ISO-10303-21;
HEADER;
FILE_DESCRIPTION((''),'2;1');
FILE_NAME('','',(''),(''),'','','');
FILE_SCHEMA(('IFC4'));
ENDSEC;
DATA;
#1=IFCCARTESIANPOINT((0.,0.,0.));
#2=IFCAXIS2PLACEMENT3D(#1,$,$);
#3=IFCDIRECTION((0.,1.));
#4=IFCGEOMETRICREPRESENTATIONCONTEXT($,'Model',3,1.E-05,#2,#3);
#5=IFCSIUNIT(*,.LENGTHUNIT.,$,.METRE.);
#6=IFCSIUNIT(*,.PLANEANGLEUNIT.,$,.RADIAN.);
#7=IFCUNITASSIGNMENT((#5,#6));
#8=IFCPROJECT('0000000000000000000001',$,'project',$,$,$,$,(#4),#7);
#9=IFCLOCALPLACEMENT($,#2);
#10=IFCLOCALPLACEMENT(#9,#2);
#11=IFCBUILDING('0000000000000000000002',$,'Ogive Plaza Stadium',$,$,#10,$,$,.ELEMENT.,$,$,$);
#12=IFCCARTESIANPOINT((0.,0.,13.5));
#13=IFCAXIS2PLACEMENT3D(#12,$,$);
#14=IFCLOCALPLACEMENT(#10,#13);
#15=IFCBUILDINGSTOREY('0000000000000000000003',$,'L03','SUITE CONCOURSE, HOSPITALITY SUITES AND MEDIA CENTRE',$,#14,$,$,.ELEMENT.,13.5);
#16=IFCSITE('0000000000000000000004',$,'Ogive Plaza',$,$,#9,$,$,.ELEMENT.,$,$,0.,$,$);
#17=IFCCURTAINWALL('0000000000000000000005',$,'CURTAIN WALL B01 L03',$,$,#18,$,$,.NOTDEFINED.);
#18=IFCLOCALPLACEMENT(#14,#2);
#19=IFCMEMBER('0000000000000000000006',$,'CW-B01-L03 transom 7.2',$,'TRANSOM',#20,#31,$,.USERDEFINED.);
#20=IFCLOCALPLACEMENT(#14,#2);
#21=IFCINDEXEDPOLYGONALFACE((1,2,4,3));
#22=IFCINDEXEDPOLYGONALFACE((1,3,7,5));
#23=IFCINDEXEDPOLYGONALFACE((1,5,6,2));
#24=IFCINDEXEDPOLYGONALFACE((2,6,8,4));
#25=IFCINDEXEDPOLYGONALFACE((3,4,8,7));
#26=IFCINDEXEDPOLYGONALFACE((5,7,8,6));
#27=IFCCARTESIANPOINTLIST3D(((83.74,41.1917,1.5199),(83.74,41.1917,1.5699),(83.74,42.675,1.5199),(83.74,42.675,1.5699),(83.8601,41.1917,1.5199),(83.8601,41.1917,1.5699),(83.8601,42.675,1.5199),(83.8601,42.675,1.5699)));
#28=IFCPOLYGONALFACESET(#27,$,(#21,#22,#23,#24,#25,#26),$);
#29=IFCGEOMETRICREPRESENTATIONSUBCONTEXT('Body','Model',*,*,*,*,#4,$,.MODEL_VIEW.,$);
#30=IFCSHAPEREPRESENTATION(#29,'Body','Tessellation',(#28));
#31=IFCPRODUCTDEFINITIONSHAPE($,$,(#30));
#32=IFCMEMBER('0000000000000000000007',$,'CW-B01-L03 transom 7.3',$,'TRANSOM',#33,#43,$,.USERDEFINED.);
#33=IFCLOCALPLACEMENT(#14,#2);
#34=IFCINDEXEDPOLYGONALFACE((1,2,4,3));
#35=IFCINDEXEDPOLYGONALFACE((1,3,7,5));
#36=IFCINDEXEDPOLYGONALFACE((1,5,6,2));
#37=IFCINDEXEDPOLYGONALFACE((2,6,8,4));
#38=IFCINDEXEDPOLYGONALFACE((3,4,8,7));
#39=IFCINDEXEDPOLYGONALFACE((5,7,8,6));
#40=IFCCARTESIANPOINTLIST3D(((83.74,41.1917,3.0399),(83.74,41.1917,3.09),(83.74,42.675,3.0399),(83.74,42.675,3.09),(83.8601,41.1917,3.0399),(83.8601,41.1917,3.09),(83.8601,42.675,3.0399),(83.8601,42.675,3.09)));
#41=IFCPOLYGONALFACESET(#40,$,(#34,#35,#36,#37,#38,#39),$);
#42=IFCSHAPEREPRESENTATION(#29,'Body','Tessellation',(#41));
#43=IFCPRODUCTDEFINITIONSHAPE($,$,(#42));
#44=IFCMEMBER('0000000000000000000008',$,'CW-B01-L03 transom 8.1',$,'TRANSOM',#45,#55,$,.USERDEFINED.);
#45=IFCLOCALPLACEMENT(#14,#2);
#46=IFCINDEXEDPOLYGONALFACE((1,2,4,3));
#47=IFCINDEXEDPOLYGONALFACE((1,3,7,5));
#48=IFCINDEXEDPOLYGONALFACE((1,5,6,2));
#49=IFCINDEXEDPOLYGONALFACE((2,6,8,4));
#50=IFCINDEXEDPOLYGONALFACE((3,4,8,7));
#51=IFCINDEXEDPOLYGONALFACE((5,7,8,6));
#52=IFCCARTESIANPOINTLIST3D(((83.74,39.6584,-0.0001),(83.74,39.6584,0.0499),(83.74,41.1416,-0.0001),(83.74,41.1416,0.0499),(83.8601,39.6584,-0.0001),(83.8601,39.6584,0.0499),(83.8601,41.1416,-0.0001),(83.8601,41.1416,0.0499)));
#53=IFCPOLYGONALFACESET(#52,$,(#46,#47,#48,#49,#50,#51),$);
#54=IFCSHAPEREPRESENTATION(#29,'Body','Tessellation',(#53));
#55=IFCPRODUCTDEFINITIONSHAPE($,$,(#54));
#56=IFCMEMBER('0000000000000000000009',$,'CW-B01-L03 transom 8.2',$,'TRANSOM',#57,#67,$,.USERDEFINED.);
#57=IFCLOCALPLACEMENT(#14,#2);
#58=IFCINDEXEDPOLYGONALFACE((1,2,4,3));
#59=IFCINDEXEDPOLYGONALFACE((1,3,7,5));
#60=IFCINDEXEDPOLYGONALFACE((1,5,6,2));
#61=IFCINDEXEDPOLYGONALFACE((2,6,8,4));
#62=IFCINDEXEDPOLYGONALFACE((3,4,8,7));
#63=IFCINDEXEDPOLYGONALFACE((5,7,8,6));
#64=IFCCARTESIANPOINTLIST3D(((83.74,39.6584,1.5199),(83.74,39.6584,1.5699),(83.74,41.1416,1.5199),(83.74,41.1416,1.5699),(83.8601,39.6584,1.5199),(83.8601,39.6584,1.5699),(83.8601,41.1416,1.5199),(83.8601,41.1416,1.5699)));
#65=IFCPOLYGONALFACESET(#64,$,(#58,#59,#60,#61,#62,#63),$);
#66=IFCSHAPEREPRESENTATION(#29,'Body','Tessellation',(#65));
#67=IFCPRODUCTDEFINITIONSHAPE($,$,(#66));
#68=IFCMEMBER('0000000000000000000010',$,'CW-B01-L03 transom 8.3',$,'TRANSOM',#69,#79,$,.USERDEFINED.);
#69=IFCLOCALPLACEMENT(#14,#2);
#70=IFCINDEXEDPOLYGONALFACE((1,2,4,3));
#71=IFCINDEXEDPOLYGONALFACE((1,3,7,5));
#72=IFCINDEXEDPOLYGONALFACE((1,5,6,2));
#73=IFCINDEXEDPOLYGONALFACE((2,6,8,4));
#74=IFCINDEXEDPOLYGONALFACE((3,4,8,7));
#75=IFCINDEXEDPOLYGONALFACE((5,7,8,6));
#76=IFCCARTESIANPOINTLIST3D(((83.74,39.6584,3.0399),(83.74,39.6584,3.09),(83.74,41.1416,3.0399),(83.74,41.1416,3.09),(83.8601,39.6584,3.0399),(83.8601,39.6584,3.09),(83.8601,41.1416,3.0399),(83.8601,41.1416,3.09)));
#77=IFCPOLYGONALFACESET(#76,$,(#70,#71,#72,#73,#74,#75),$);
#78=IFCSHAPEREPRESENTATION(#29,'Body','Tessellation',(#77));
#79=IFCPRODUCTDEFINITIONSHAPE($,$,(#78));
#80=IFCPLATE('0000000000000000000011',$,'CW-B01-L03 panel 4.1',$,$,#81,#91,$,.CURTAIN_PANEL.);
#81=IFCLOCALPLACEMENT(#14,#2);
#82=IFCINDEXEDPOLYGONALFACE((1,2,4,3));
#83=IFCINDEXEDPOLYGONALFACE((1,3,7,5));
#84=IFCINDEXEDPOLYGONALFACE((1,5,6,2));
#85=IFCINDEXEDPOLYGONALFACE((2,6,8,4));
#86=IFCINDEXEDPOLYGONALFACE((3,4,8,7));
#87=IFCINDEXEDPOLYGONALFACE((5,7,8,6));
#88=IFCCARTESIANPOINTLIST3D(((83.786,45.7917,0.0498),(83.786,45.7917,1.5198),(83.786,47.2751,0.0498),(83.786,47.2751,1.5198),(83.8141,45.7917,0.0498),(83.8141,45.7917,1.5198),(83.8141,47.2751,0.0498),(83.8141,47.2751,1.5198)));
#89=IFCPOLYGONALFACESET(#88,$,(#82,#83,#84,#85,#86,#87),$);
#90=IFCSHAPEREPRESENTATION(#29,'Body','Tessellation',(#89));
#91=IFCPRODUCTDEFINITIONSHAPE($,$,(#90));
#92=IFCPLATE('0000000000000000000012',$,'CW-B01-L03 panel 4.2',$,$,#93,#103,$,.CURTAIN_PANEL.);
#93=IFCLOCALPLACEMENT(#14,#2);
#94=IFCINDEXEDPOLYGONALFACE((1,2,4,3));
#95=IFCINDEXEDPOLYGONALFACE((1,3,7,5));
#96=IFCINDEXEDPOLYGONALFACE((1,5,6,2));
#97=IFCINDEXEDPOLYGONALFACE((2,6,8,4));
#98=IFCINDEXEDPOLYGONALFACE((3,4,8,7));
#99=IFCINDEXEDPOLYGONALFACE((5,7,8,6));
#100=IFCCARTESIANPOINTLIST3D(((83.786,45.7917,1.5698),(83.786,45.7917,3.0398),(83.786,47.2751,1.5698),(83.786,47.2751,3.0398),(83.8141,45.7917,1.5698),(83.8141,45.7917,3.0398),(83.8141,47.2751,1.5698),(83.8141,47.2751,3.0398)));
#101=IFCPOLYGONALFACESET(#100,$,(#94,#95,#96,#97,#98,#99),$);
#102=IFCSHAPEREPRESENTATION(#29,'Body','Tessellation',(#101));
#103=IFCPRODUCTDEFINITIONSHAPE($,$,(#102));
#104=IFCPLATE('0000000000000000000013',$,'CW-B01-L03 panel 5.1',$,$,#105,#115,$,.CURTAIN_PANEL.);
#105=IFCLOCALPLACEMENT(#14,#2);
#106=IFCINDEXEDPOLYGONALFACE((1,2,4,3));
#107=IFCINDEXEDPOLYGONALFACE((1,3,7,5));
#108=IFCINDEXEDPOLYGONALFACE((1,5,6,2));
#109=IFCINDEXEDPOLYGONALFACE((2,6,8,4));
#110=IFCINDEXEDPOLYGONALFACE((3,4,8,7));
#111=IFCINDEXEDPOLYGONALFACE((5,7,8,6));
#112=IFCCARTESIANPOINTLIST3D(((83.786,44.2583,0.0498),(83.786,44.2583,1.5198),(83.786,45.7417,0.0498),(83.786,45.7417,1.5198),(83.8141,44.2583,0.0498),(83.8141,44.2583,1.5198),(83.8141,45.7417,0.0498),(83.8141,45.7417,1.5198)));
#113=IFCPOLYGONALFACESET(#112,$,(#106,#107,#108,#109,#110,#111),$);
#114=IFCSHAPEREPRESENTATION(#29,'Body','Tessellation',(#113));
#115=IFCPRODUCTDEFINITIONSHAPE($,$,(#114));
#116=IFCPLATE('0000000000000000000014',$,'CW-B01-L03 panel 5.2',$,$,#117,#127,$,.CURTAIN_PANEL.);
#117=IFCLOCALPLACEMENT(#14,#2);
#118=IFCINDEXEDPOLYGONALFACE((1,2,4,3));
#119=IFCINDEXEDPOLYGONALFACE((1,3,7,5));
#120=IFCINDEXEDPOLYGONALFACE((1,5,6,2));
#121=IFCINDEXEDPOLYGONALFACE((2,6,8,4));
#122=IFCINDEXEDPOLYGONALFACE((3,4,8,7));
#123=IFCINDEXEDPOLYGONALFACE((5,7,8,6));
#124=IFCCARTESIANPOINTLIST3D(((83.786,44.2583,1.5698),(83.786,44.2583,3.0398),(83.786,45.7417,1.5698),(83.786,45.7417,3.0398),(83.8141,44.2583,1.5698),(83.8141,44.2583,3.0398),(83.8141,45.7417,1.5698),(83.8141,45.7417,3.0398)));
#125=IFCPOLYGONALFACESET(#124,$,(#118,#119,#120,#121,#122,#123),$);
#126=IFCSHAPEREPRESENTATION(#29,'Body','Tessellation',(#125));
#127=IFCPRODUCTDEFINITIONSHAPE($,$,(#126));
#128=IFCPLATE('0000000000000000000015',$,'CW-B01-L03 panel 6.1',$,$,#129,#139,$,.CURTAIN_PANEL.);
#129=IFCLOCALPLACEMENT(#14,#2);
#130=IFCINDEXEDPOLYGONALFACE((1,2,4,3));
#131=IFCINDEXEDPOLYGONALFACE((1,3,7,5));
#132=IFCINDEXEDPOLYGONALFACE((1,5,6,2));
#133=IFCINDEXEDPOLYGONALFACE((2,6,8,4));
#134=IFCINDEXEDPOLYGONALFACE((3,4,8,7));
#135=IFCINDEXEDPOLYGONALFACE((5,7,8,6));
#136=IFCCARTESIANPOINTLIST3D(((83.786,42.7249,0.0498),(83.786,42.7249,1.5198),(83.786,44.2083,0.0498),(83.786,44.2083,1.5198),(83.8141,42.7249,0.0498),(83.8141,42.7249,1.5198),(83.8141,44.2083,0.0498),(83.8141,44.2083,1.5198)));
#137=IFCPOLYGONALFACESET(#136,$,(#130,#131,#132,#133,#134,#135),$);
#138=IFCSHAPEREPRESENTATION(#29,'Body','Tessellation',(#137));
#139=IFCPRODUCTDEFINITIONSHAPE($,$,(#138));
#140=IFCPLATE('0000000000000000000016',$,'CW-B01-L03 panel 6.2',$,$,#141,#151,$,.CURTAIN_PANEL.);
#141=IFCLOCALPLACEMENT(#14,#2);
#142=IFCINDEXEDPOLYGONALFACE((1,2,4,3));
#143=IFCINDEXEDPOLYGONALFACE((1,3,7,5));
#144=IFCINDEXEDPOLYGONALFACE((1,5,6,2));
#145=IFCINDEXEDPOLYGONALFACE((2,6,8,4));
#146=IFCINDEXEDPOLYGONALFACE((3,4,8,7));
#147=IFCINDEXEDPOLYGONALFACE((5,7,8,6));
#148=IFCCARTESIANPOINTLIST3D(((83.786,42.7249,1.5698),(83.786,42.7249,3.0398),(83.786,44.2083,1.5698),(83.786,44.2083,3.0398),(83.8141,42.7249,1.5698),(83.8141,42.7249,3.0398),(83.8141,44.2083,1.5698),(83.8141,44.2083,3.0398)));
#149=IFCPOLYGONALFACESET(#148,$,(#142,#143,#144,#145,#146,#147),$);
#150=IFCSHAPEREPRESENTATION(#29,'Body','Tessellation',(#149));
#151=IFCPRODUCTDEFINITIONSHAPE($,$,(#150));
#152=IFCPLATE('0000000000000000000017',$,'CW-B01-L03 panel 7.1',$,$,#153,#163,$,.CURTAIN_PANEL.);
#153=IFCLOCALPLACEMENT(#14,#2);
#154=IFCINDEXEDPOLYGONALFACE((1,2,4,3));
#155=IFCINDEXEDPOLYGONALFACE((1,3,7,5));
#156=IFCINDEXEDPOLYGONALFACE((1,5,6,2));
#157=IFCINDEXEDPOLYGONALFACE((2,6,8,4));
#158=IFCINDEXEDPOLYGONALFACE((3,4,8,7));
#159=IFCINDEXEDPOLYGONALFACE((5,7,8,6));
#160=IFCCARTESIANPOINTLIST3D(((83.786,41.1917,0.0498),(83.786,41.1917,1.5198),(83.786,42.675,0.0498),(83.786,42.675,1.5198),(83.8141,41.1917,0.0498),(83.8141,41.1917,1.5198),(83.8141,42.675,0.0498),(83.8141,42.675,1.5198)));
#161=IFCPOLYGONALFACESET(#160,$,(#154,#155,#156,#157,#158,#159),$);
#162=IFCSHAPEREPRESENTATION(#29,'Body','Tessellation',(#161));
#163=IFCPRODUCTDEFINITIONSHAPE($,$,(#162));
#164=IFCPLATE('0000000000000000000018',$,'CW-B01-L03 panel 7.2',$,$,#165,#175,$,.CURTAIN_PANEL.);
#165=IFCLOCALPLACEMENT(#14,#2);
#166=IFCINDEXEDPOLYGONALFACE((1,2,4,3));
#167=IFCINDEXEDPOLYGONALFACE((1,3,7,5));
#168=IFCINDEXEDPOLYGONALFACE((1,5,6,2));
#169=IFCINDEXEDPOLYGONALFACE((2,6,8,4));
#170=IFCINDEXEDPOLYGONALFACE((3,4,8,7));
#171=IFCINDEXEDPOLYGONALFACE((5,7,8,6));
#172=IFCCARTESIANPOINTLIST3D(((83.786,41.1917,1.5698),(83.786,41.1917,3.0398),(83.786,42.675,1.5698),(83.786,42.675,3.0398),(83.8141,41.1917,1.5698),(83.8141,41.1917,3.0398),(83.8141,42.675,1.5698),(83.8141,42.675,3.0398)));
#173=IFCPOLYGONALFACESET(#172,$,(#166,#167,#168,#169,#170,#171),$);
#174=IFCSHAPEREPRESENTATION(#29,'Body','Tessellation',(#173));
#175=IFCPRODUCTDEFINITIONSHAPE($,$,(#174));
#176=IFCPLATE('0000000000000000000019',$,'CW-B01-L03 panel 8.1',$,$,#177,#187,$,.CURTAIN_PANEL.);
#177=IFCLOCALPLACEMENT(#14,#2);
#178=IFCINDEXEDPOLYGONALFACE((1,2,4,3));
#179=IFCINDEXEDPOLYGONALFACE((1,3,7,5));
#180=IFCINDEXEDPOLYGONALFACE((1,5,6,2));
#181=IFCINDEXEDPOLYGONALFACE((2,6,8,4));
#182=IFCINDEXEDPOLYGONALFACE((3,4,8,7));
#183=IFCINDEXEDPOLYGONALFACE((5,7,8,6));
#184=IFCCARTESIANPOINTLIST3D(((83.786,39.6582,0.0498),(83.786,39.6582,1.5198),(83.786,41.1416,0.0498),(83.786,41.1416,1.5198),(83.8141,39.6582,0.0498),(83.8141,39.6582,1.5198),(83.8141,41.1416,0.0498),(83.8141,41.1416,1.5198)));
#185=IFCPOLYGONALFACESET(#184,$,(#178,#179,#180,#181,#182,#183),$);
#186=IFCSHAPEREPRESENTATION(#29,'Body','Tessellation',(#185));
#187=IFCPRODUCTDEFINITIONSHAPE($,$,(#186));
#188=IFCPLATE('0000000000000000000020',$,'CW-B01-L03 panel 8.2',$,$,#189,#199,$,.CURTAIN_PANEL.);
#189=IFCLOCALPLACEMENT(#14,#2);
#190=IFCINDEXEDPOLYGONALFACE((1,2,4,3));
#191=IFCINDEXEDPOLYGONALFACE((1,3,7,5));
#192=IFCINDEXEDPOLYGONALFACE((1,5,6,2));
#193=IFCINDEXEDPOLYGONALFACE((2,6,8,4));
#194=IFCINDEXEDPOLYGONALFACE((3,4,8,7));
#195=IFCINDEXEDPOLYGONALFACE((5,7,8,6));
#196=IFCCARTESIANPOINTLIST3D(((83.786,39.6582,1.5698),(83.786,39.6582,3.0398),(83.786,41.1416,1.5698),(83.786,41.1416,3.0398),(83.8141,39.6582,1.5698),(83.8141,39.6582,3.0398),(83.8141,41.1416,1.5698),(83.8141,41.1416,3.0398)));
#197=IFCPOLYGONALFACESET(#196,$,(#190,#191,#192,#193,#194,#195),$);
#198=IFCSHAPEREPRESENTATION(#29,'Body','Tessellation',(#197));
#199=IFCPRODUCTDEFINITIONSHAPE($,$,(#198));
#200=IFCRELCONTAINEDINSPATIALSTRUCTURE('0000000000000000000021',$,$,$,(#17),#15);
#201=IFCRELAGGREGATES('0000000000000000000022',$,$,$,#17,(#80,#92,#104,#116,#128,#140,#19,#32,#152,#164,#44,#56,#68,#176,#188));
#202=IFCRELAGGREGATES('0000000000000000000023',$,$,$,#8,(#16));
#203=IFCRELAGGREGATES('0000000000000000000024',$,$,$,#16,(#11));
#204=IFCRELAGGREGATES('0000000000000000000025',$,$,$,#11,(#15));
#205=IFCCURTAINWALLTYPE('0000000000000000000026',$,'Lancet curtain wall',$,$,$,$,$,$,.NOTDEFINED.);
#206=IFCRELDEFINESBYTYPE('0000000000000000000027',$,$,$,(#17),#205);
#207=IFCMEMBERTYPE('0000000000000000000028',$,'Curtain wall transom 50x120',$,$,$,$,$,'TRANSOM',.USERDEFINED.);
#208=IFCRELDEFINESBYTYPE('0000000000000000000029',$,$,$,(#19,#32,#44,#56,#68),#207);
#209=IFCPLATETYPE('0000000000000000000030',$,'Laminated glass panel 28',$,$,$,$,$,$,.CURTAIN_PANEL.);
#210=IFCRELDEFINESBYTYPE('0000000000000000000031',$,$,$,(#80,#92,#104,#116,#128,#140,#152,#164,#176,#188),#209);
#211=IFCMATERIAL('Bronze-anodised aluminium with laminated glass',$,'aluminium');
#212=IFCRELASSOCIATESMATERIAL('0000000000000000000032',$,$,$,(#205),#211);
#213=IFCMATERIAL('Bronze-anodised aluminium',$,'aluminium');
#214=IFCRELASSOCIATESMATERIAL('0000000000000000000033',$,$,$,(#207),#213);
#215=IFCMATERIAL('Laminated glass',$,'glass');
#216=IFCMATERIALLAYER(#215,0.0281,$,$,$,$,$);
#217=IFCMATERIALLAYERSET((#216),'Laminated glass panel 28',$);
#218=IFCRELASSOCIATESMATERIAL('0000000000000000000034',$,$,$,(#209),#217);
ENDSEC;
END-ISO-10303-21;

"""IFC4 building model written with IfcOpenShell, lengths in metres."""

from ifc_helpers import new_model, si_unit, direction, frame, origin, origin_2d, place, context, subcontext, project, spatial, rectangle, extrude, material, layer, layer_set, material_profile, profile_set, type_object, element, aggregate, save


model = new_model("IFC4")

# Units and contexts
model_context = context("Model", 3, precision=1e-05, world=origin(), true_north=direction((0.0, 1.0)))
body_context = subcontext(model_context, "Body", "Model", "MODEL_VIEW")
ifc_project = project(units=[si_unit("LENGTHUNIT", "METRE"), si_unit("PLANEANGLEUNIT", "RADIAN")], contexts=[model_context])

# Site, building, storey
site_placement = place(None, origin())
site = spatial("IfcSite", under=ifc_project, at=site_placement, Name="Ogive Plaza", CompositionType="ELEMENT", RefElevation=0.0)
building_placement = place(site_placement, origin())
building = spatial("IfcBuilding", under=site, at=building_placement, Name="Ogive Plaza Stadium", CompositionType="ELEMENT")
storey_placement = place(building_placement, frame((0.0, 0.0, 13.5)))
storey = spatial("IfcBuildingStorey", under=building, at=storey_placement, Name="L03", Description="SUITE CONCOURSE, HOSPITALITY SUITES AND MEDIA CENTRE", CompositionType="ELEMENT", Elevation=13.5)

# Curtain wall, members, plates
ifc_material_1 = material(Name="Bronze-anodised aluminium with laminated glass", Category="aluminium")
curtain_wall_type = type_object("IfcCurtainWallType", Name="Lancet curtain wall", PredefinedType="NOTDEFINED", material=ifc_material_1)
curtain_wall_placement = place(storey_placement, origin())
curtain_wall = element("IfcCurtainWall", 1, at=curtain_wall_placement, inside=storey, type_object=curtain_wall_type, Name="CURTAIN WALL B01 L03", PredefinedType="NOTDEFINED")
ifc_material_2 = material(Name="Bronze-anodised aluminium", Category="aluminium")
ifc_material_profile_1 = material_profile(ifc_material_2, rectangle(XDim=0.1201, YDim=0.05, at=origin_2d()), Name="AL 120x50")
ifc_profile_set_1 = profile_set([ifc_material_profile_1], Name="Bronze-anodised aluminium")
member_type_1 = type_object("IfcMemberType", Name="Curtain wall transom 50x120", ElementType="TRANSOM", PredefinedType="USERDEFINED", material=ifc_profile_set_1)
member_1_placement = place(storey_placement, frame((83.8, 42.675, 1.5449), z_axis=(0.0, -1.0, 0.0), x_axis=(1.0, 0.0, 0.0)))
member_1 = element("IfcMember", 2, at=member_1_placement, type_object=member_type_1, Name="CW-B01-L03 transom 7.2", ObjectType="TRANSOM", PredefinedType="USERDEFINED", context=body_context, shape_type="SweptSolid", body=[
    extrude(rectangle(XDim=0.1201, YDim=0.05, at=origin_2d()), origin(), (0.0, 0.0, 1.0), 1.4834),
])
member_2_placement = place(storey_placement, frame((83.8, 42.675, 3.0649), z_axis=(0.0, -1.0, 0.0), x_axis=(1.0, 0.0, 0.0)))
member_2 = element("IfcMember", 3, at=member_2_placement, type_object=member_type_1, Name="CW-B01-L03 transom 7.3", ObjectType="TRANSOM", PredefinedType="USERDEFINED", context=body_context, shape_type="SweptSolid", body=[
    extrude(rectangle(XDim=0.1201, YDim=0.05, at=origin_2d()), origin(), (0.0, 0.0, 1.0), 1.4834),
])
member_3_placement = place(storey_placement, frame((83.8, 41.1416, 0.0249), z_axis=(0.0, -1.0, 0.0), x_axis=(1.0, 0.0, 0.0)))
member_3 = element("IfcMember", 4, at=member_3_placement, type_object=member_type_1, Name="CW-B01-L03 transom 8.1", ObjectType="TRANSOM", PredefinedType="USERDEFINED", context=body_context, shape_type="SweptSolid", body=[
    extrude(rectangle(XDim=0.1201, YDim=0.05, at=origin_2d()), origin(), (0.0, 0.0, 1.0), 1.4832),
])
member_4_placement = place(storey_placement, frame((83.8, 41.1416, 1.5449), z_axis=(0.0, -1.0, 0.0), x_axis=(1.0, 0.0, 0.0)))
member_4 = element("IfcMember", 5, at=member_4_placement, type_object=member_type_1, Name="CW-B01-L03 transom 8.2", ObjectType="TRANSOM", PredefinedType="USERDEFINED", context=body_context, shape_type="SweptSolid", body=[
    extrude(rectangle(XDim=0.1201, YDim=0.05, at=origin_2d()), origin(), (0.0, 0.0, 1.0), 1.4832),
])
member_5_placement = place(storey_placement, frame((83.8, 41.1416, 3.0649), z_axis=(0.0, -1.0, 0.0), x_axis=(1.0, 0.0, 0.0)))
member_5 = element("IfcMember", 6, at=member_5_placement, type_object=member_type_1, Name="CW-B01-L03 transom 8.3", ObjectType="TRANSOM", PredefinedType="USERDEFINED", context=body_context, shape_type="SweptSolid", body=[
    extrude(rectangle(XDim=0.1201, YDim=0.05, at=origin_2d()), origin(), (0.0, 0.0, 1.0), 1.4832),
])
ifc_material_3 = material(Name="Laminated glass", Category="glass")
ifc_layer_1 = layer(ifc_material_3, 0.0281)
ifc_layer_set_1 = layer_set([ifc_layer_1], Name="Laminated glass panel 28")
plate_type = type_object("IfcPlateType", Name="Laminated glass panel 28", PredefinedType="CURTAIN_PANEL", material=ifc_layer_set_1)
plate_1_placement = place(storey_placement, frame((83.8, 46.5334, 0.0498), z_axis=(0.0, 0.0, 1.0), x_axis=(0.0, -1.0, 0.0)))
plate_1 = element("IfcPlate", 7, at=plate_1_placement, type_object=plate_type, Name="CW-B01-L03 panel 4.1", PredefinedType="CURTAIN_PANEL", context=body_context, shape_type="SweptSolid", body=[
    extrude(rectangle(XDim=1.4834, YDim=0.0281, at=origin_2d()), origin(), (0.0, 0.0, 1.0), 1.47),
])
plate_2_placement = place(storey_placement, frame((83.8, 46.5334, 1.5698), z_axis=(0.0, 0.0, 1.0), x_axis=(0.0, -1.0, 0.0)))
plate_2 = element("IfcPlate", 8, at=plate_2_placement, type_object=plate_type, Name="CW-B01-L03 panel 4.2", PredefinedType="CURTAIN_PANEL", context=body_context, shape_type="SweptSolid", body=[
    extrude(rectangle(XDim=1.4834, YDim=0.0281, at=origin_2d()), origin(), (0.0, 0.0, 1.0), 1.47),
])
plate_3_placement = place(storey_placement, frame((83.8, 45.0, 0.0498), z_axis=(0.0, 0.0, 1.0), x_axis=(0.0, -1.0, 0.0)))
plate_3 = element("IfcPlate", 9, at=plate_3_placement, type_object=plate_type, Name="CW-B01-L03 panel 5.1", PredefinedType="CURTAIN_PANEL", context=body_context, shape_type="SweptSolid", body=[
    extrude(rectangle(XDim=1.4834, YDim=0.0281, at=origin_2d()), origin(), (0.0, 0.0, 1.0), 1.47),
])
plate_4_placement = place(storey_placement, frame((83.8, 45.0, 1.5698), z_axis=(0.0, 0.0, 1.0), x_axis=(0.0, -1.0, 0.0)))
plate_4 = element("IfcPlate", 10, at=plate_4_placement, type_object=plate_type, Name="CW-B01-L03 panel 5.2", PredefinedType="CURTAIN_PANEL", context=body_context, shape_type="SweptSolid", body=[
    extrude(rectangle(XDim=1.4834, YDim=0.0281, at=origin_2d()), origin(), (0.0, 0.0, 1.0), 1.47),
])
plate_5_placement = place(storey_placement, frame((83.8, 43.4666, 0.0498), z_axis=(0.0, 0.0, 1.0), x_axis=(0.0, -1.0, 0.0)))
plate_5 = element("IfcPlate", 11, at=plate_5_placement, type_object=plate_type, Name="CW-B01-L03 panel 6.1", PredefinedType="CURTAIN_PANEL", context=body_context, shape_type="SweptSolid", body=[
    extrude(rectangle(XDim=1.4834, YDim=0.0281, at=origin_2d()), origin(), (0.0, 0.0, 1.0), 1.47),
])
plate_6_placement = place(storey_placement, frame((83.8, 43.4666, 1.5698), z_axis=(0.0, 0.0, 1.0), x_axis=(0.0, -1.0, 0.0)))
plate_6 = element("IfcPlate", 12, at=plate_6_placement, type_object=plate_type, Name="CW-B01-L03 panel 6.2", PredefinedType="CURTAIN_PANEL", context=body_context, shape_type="SweptSolid", body=[
    extrude(rectangle(XDim=1.4834, YDim=0.0281, at=origin_2d()), origin(), (0.0, 0.0, 1.0), 1.47),
])
plate_7_placement = place(storey_placement, frame((83.8, 41.9333, 0.0498), z_axis=(0.0, 0.0, 1.0), x_axis=(0.0, -1.0, 0.0)))
plate_7 = element("IfcPlate", 13, at=plate_7_placement, type_object=plate_type, Name="CW-B01-L03 panel 7.1", PredefinedType="CURTAIN_PANEL", context=body_context, shape_type="SweptSolid", body=[
    extrude(rectangle(XDim=1.4834, YDim=0.0281, at=origin_2d()), origin(), (0.0, 0.0, 1.0), 1.47),
])
plate_8_placement = place(storey_placement, frame((83.8, 41.9333, 1.5698), z_axis=(0.0, 0.0, 1.0), x_axis=(0.0, -1.0, 0.0)))
plate_8 = element("IfcPlate", 14, at=plate_8_placement, type_object=plate_type, Name="CW-B01-L03 panel 7.2", PredefinedType="CURTAIN_PANEL", context=body_context, shape_type="SweptSolid", body=[
    extrude(rectangle(XDim=1.4834, YDim=0.0281, at=origin_2d()), origin(), (0.0, 0.0, 1.0), 1.47),
])
plate_9_placement = place(storey_placement, frame((83.8, 40.3999, 0.0498), z_axis=(0.0, 0.0, 1.0), x_axis=(0.0, -1.0, 0.0)))
plate_9 = element("IfcPlate", 15, at=plate_9_placement, type_object=plate_type, Name="CW-B01-L03 panel 8.1", PredefinedType="CURTAIN_PANEL", context=body_context, shape_type="SweptSolid", body=[
    extrude(rectangle(XDim=1.4834, YDim=0.0281, at=origin_2d()), origin(), (0.0, 0.0, 1.0), 1.47),
])
plate_10_placement = place(storey_placement, frame((83.8, 40.3999, 1.5698), z_axis=(0.0, 0.0, 1.0), x_axis=(0.0, -1.0, 0.0)))
plate_10 = element("IfcPlate", 16, at=plate_10_placement, type_object=plate_type, Name="CW-B01-L03 panel 8.2", PredefinedType="CURTAIN_PANEL", context=body_context, shape_type="SweptSolid", body=[
    extrude(rectangle(XDim=1.4834, YDim=0.0281, at=origin_2d()), origin(), (0.0, 0.0, 1.0), 1.47),
])
aggregate(curtain_wall, [plate_1, plate_2, plate_3, plate_4, plate_5, plate_6, member_1, member_2, plate_7, plate_8, member_3, member_4, member_5, plate_9, plate_10])

save(model, "model.ifc")
